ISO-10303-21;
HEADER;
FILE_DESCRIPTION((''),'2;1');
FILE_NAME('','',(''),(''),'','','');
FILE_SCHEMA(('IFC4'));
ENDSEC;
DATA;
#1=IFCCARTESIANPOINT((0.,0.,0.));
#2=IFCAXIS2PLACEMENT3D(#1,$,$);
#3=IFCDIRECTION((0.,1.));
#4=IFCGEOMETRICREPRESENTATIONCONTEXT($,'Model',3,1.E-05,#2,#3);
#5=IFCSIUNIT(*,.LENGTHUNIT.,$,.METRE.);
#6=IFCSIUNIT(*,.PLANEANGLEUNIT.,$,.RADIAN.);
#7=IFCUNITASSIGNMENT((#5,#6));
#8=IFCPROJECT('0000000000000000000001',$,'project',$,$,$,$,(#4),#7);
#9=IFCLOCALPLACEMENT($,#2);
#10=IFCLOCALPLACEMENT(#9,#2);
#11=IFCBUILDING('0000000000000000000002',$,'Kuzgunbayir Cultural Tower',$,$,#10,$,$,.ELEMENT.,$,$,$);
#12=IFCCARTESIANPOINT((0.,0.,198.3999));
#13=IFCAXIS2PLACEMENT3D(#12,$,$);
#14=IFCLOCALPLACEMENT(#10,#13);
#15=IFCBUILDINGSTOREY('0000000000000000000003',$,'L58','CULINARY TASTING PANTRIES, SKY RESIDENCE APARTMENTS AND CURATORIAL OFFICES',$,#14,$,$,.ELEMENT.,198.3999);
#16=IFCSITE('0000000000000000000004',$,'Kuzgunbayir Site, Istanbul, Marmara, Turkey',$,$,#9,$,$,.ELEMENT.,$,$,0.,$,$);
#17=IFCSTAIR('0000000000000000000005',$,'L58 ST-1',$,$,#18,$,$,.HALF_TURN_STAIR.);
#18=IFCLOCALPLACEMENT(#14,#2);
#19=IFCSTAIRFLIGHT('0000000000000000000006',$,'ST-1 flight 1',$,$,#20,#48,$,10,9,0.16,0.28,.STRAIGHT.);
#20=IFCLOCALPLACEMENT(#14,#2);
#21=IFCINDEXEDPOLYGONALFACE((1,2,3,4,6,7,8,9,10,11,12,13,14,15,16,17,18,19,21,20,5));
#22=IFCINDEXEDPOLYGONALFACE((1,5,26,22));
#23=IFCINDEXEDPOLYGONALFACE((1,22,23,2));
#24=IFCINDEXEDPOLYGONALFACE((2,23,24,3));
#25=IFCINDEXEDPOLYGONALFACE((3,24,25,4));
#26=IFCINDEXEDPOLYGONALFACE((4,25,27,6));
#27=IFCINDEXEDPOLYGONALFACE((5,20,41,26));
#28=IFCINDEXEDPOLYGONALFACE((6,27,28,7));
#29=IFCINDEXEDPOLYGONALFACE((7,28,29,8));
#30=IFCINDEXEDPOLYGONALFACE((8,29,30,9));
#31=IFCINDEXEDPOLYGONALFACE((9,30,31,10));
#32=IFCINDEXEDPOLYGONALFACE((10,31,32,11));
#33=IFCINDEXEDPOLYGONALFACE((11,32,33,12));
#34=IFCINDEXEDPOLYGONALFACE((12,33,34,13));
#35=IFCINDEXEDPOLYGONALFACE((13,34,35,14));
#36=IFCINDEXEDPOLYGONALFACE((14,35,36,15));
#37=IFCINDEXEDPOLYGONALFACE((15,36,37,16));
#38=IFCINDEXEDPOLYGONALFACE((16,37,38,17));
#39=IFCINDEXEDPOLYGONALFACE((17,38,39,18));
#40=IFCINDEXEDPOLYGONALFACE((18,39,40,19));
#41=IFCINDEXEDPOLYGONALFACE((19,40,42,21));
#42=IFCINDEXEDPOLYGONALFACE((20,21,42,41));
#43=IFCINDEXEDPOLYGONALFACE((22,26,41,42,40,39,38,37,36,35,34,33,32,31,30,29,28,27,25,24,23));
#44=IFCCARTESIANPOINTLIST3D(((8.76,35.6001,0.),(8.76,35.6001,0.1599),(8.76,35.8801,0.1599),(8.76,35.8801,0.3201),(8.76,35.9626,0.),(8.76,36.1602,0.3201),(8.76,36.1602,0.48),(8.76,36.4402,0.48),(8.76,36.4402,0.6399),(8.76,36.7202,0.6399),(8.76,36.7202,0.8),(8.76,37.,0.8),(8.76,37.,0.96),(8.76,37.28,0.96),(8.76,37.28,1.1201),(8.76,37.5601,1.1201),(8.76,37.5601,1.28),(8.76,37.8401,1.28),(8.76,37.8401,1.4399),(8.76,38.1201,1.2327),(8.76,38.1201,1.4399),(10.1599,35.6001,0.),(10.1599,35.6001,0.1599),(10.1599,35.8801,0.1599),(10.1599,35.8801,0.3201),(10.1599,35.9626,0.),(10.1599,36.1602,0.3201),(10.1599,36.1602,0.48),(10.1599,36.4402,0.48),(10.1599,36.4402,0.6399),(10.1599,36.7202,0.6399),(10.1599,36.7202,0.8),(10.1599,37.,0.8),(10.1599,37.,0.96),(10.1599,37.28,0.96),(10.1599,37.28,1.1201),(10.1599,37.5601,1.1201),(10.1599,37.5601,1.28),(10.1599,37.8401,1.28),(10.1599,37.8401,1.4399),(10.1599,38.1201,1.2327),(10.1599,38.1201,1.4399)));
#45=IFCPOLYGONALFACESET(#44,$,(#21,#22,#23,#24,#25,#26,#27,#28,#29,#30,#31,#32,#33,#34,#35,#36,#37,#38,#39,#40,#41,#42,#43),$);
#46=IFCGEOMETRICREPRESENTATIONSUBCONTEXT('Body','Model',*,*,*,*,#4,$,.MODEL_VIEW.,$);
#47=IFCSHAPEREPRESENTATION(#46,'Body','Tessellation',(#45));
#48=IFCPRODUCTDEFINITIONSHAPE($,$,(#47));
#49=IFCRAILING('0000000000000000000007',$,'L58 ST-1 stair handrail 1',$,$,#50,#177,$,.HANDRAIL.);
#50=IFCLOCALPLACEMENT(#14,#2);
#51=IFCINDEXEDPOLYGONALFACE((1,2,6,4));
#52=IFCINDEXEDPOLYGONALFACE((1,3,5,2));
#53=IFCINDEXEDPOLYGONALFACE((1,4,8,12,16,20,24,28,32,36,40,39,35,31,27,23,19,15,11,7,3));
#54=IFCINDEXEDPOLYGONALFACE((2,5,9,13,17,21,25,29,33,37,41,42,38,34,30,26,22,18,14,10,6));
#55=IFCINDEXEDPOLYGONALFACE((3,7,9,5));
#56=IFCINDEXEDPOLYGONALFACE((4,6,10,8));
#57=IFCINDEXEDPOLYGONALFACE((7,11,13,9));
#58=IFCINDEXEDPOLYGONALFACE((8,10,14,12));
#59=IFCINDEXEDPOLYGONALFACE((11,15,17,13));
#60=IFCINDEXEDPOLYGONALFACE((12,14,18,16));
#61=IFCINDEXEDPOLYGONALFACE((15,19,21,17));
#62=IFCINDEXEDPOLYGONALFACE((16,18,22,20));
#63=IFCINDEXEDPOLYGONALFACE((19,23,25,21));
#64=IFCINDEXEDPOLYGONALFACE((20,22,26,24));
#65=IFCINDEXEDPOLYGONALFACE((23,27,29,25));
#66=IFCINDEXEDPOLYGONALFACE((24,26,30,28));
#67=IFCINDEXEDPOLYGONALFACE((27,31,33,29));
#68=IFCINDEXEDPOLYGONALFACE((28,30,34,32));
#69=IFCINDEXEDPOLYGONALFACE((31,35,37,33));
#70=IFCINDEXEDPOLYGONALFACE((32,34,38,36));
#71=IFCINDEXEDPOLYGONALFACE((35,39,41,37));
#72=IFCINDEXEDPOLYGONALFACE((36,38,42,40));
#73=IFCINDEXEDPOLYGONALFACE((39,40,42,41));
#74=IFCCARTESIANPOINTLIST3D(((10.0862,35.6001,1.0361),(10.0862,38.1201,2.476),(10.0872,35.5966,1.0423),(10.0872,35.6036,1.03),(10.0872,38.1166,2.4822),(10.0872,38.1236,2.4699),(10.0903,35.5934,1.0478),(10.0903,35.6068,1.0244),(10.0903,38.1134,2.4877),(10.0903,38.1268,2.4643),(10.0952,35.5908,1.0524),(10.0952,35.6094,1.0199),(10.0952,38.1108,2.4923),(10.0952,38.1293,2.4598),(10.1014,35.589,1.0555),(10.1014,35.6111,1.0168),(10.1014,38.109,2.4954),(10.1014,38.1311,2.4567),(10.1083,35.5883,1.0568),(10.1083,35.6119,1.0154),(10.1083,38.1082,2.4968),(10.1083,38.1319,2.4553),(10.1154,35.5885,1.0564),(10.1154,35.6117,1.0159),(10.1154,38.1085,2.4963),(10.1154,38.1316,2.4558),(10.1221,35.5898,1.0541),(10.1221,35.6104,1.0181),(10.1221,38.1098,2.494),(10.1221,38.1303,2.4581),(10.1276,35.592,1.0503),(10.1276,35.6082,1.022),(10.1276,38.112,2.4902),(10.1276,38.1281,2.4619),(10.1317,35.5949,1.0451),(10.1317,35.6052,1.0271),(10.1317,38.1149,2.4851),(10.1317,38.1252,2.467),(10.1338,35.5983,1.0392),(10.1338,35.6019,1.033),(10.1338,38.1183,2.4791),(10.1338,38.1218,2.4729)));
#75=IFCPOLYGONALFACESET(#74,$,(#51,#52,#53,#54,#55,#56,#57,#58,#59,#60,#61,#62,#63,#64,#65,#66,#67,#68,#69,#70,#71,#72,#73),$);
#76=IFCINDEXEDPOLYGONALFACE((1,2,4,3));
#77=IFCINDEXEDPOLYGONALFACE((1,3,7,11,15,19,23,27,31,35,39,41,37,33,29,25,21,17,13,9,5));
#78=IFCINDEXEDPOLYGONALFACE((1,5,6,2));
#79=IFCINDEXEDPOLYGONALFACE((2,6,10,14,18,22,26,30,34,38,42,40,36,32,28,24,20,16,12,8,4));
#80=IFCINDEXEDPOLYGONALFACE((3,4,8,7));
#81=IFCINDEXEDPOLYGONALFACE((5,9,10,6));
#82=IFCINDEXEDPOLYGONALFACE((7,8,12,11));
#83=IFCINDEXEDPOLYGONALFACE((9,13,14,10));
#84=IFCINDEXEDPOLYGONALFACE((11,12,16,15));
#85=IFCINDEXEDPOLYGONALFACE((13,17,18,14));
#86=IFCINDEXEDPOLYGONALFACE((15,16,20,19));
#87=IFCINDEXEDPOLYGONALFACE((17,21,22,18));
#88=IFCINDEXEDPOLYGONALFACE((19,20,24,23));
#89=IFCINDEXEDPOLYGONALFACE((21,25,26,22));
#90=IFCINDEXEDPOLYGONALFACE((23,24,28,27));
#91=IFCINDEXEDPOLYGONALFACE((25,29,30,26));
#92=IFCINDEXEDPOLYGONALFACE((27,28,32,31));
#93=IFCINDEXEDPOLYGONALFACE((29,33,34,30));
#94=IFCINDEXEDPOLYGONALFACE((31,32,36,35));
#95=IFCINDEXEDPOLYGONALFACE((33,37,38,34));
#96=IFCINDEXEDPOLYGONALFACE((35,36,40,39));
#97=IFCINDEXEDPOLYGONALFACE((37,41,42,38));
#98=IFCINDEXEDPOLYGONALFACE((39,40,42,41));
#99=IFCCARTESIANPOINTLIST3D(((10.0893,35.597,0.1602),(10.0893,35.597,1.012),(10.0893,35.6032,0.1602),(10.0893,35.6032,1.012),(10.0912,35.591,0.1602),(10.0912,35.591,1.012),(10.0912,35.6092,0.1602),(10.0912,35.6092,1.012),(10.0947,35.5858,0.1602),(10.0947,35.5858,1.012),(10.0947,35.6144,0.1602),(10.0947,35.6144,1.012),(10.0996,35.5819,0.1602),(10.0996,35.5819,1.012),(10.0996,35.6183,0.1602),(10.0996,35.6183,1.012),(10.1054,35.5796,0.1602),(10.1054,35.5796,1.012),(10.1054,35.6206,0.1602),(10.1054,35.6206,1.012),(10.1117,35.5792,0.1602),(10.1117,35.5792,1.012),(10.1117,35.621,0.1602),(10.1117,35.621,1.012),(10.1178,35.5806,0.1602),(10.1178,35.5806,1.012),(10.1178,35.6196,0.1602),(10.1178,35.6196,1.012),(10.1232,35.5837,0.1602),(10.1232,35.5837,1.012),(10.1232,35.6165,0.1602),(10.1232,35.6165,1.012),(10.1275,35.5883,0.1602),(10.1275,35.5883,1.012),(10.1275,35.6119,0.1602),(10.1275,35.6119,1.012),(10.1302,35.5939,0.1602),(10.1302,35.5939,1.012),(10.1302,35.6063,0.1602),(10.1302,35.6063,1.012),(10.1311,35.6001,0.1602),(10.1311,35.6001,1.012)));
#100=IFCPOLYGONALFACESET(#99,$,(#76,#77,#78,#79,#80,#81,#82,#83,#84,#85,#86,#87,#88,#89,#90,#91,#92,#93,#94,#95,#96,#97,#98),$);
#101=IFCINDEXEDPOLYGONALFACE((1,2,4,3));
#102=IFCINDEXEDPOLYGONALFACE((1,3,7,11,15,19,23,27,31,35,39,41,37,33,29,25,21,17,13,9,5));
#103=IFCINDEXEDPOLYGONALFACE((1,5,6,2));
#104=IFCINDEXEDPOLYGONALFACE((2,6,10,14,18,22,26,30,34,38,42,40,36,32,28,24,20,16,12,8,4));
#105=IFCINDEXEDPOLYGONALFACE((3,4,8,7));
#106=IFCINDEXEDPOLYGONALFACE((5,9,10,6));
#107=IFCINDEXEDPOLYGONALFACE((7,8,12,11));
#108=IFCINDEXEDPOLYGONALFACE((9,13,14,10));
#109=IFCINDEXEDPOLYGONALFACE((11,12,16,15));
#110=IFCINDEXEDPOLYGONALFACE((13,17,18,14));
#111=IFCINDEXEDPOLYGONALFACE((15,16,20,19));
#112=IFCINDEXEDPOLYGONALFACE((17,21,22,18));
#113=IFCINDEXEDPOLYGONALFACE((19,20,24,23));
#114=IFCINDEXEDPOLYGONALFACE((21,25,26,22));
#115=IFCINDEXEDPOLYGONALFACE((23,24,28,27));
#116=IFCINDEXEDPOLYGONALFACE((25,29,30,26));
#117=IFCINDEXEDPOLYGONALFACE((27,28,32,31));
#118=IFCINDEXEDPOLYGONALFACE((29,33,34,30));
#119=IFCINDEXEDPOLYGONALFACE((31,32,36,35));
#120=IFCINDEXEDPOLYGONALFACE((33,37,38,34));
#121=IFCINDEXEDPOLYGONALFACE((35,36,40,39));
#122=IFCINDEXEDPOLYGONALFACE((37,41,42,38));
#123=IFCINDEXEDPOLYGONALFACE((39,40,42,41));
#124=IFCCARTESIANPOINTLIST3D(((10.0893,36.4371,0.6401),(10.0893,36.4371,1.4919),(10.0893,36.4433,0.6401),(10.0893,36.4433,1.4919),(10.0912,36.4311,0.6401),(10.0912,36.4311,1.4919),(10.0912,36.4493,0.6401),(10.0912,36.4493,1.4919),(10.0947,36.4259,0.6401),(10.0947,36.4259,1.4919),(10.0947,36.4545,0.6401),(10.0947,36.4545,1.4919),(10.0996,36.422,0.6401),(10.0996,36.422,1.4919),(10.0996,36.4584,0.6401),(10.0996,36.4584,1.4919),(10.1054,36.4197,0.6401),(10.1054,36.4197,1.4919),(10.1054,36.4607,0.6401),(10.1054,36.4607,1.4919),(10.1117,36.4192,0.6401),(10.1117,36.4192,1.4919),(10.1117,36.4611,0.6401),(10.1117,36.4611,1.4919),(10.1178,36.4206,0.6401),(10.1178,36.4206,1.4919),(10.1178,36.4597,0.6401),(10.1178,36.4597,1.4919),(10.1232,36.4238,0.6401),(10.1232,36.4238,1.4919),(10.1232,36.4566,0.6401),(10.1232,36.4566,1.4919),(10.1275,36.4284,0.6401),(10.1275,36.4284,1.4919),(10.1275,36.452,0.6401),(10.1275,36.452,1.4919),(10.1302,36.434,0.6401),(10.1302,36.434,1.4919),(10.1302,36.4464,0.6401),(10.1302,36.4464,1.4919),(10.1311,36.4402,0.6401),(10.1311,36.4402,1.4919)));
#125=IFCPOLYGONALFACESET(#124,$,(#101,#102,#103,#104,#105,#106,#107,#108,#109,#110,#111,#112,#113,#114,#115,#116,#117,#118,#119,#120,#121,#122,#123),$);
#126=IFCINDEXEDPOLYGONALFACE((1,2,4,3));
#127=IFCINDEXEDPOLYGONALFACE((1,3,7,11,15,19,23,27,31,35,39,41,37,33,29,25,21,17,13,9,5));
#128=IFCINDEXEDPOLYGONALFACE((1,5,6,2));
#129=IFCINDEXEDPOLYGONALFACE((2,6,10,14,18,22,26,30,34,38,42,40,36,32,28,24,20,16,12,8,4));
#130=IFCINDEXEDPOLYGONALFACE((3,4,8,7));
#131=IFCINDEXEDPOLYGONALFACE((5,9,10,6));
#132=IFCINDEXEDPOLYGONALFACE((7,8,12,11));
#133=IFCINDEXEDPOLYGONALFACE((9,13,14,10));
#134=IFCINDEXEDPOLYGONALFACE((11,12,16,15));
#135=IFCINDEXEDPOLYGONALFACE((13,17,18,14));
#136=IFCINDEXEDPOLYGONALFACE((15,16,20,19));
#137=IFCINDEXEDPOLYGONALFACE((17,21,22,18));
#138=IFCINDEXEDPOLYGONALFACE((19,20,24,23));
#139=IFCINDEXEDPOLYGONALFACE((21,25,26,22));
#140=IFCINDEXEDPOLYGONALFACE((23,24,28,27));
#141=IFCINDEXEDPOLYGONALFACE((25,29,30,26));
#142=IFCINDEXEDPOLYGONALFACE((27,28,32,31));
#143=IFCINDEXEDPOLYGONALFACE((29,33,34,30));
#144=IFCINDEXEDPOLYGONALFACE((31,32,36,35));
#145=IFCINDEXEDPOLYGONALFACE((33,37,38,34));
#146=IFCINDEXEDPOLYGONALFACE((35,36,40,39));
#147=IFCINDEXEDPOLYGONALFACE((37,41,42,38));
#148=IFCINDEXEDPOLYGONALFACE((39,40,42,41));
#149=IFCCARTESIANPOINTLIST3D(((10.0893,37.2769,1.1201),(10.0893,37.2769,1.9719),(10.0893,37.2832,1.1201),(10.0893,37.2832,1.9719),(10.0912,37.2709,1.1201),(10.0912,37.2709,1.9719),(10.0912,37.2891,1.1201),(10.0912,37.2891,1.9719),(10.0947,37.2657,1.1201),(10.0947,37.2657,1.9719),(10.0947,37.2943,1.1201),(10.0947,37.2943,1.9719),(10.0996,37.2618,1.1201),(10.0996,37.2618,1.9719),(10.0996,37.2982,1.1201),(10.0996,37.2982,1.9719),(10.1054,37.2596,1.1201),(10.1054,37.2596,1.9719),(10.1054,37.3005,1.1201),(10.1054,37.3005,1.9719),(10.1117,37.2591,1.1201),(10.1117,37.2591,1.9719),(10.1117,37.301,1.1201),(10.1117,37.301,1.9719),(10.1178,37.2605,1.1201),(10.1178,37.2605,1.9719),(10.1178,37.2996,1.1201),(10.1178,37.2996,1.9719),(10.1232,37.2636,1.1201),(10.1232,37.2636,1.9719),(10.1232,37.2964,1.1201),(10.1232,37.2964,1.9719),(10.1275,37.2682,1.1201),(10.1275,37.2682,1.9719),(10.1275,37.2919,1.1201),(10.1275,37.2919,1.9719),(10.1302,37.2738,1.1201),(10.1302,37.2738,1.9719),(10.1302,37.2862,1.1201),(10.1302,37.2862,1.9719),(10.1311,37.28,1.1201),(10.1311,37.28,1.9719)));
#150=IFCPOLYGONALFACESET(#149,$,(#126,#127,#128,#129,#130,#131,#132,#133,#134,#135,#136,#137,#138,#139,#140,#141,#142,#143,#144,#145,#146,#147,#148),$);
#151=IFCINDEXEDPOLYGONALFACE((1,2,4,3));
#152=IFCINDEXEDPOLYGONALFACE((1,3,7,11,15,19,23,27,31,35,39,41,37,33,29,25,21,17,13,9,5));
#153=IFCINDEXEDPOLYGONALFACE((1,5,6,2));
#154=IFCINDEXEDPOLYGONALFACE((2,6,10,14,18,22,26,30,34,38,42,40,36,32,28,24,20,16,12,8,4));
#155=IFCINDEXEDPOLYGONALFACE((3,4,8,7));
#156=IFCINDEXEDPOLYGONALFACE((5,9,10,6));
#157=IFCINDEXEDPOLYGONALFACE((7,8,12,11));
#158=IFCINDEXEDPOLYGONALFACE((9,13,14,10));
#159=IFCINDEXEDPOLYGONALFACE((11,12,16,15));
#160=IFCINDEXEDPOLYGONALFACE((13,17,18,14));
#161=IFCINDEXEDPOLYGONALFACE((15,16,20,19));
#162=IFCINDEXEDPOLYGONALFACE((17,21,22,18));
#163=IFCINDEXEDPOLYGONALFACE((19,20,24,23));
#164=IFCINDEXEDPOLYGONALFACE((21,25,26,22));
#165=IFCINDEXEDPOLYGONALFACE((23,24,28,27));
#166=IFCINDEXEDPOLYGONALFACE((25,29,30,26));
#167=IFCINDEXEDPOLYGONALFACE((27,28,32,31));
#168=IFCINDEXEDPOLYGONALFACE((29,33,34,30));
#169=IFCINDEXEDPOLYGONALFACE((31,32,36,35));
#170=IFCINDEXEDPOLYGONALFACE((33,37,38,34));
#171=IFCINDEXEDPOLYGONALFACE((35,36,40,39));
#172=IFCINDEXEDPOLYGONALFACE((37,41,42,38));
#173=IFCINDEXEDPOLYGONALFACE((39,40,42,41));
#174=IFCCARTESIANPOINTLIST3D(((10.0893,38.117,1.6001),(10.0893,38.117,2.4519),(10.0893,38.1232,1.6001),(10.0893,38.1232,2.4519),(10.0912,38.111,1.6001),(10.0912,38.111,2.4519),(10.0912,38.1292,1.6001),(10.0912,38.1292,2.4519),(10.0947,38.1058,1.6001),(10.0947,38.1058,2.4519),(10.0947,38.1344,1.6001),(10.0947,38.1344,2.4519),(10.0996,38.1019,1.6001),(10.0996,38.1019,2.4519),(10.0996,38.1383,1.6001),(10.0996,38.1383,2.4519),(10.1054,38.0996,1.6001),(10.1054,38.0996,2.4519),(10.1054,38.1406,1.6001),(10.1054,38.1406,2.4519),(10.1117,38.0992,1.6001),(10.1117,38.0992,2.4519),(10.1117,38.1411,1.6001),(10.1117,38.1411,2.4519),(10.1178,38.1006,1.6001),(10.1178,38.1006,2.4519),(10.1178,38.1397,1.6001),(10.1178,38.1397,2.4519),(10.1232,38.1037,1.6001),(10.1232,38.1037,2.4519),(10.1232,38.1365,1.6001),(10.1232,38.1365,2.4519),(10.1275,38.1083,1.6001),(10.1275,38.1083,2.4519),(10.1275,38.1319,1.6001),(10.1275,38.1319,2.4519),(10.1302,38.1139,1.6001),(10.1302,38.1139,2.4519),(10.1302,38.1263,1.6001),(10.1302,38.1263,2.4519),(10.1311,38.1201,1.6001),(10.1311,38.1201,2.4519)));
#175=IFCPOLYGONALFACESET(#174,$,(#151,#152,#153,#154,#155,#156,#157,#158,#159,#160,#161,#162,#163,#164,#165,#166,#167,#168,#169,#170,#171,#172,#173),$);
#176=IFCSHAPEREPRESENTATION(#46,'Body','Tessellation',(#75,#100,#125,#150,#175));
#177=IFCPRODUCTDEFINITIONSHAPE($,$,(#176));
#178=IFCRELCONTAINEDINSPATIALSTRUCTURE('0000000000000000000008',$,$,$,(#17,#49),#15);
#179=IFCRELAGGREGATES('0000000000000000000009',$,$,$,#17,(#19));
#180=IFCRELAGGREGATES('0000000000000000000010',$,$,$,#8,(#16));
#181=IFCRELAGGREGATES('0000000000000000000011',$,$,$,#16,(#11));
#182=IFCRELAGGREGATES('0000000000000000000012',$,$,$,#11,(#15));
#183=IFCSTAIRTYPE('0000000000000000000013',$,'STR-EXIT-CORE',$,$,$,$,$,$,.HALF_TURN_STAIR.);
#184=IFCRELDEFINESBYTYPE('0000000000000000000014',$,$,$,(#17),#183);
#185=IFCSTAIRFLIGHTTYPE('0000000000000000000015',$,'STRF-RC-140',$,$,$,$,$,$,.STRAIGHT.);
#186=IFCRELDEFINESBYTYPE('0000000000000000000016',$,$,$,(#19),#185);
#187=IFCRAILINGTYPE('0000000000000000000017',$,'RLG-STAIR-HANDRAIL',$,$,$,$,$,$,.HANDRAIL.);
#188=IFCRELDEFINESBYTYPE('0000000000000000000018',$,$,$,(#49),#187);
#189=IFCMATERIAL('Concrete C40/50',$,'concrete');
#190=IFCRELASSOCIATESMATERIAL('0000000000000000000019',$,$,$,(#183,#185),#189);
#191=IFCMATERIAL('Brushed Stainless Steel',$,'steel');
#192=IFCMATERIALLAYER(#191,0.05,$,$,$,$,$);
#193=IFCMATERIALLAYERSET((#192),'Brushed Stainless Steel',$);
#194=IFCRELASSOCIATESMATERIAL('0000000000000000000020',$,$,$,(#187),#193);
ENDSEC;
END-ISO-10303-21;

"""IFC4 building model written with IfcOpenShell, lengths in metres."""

from ifc_helpers import new_model, si_unit, direction, frame, origin, origin_2d, place, context, subcontext, project, spatial, polyline, circle, outline, extrude, material, layer, layer_set, type_object, element, aggregate, save


model = new_model("IFC4")

# Units and contexts
model_context = context("Model", 3, precision=1e-05, world=origin(), true_north=direction((0.0, 1.0)))
body_context = subcontext(model_context, "Body", "Model", "MODEL_VIEW")
ifc_project = project(units=[si_unit("LENGTHUNIT", "METRE"), si_unit("PLANEANGLEUNIT", "RADIAN")], contexts=[model_context])

# Site, building, storey
site_placement = place(None, origin())
site = spatial("IfcSite", under=ifc_project, at=site_placement, Name="Kuzgunbayir Site, Istanbul, Marmara, Turkey", CompositionType="ELEMENT", RefElevation=0.0)
building_placement = place(site_placement, origin())
building = spatial("IfcBuilding", under=site, at=building_placement, Name="Kuzgunbayir Cultural Tower", CompositionType="ELEMENT")
storey_placement = place(building_placement, frame((0.0, 0.0, 198.3999)))
storey = spatial("IfcBuildingStorey", under=building, at=storey_placement, Name="L58", Description="CULINARY TASTING PANTRIES, SKY RESIDENCE APARTMENTS AND CURATORIAL OFFICES", CompositionType="ELEMENT", Elevation=198.3999)

# Shared definitions
ifc_material_1 = material(Name="Concrete C40/50", Category="concrete")

# Shared definitions
ifc_material_2 = material(Name="Brushed Stainless Steel", Category="steel")

# Stair, stair flight
stair_type = type_object("IfcStairType", Name="STR-EXIT-CORE", PredefinedType="HALF_TURN_STAIR", material=ifc_material_1)
stair_placement = place(storey_placement, origin())
stair = element("IfcStair", 1, at=stair_placement, inside=storey, type_object=stair_type, Name="L58 ST-1", PredefinedType="HALF_TURN_STAIR")
stair_flight_type = type_object("IfcStairFlightType", Name="STRF-RC-140", PredefinedType="STRAIGHT", material=ifc_material_1)
stair_flight_placement = place(storey_placement, frame((9.46, 35.6001, 0.0), z_axis=(0.0, 0.0, 1.0), x_axis=(0.0, 1.0, 0.0)))
stair_flight = element("IfcStairFlight", 2, at=stair_flight_placement, type_object=stair_flight_type, Name="ST-1 flight 1", NumberOfRisers=10, NumberOfTreads=9, PredefinedType="STRAIGHT", RiserHeight=0.16, TreadLength=0.28, context=body_context, shape_type="SweptSolid", body=[
    extrude(outline(polyline([(0.0, 0.0), (0.0, 0.1599), (0.28, 0.1599), (0.28, 0.3201), (0.5601, 0.3201), (0.5601, 0.48), (0.8401, 0.48), (0.8401, 0.6399), (1.1201, 0.6399), (1.1201, 0.8), (1.3999, 0.8), (1.3999, 0.96), (1.6799, 0.96), (1.6799, 1.1201), (1.96, 1.1201), (1.96, 1.28), (2.24, 1.28), (2.24, 1.4399), (2.52, 1.4399), (2.52, 1.6001), (2.52, 1.2327), (0.3625, 0.0), (0.0, 0.0)])), frame((0.0, 0.7, 0.0), z_axis=(0.0, -1.0, 0.0), x_axis=(1.0, 0.0, 0.0)), (0.0, 0.0, 1.0), 1.3999),
])
aggregate(stair, [stair_flight])

# Railing
ifc_layer_1 = layer(ifc_material_2, 0.05)
ifc_layer_set_1 = layer_set([ifc_layer_1], Name="Brushed Stainless Steel")
railing_type = type_object("IfcRailingType", Name="RLG-STAIR-HANDRAIL", PredefinedType="HANDRAIL", material=ifc_layer_set_1)
railing_placement = place(storey_placement, frame((10.1101, 35.6001, 0.1602)))
element("IfcRailing", 3, at=railing_placement, inside=storey, type_object=railing_type, Name="L58 ST-1 stair handrail 1", PredefinedType="HANDRAIL", context=body_context, shape_type="SweptSolid", body=[
    extrude(circle(Radius=0.0239, at=origin_2d()), frame((0.0, 0.0, 0.876), z_axis=(0.0, 0.868253, 0.496121), x_axis=(-1.0, 0.0, 0.0)), (0.0, 0.0, 1.0), 2.9023),
    extrude(circle(Radius=0.021, at=origin_2d()), origin(), (0.0, 0.0, 1.0), 0.8518),
    extrude(circle(Radius=0.021, at=origin_2d()), frame((0.0, 0.8401, 0.48)), (0.0, 0.0, 1.0), 0.8518),
    extrude(circle(Radius=0.021, at=origin_2d()), frame((0.0, 1.6799, 0.96)), (0.0, 0.0, 1.0), 0.8518),
    extrude(circle(Radius=0.021, at=origin_2d()), frame((0.0, 2.52, 1.4399)), (0.0, 0.0, 1.0), 0.8518),
])

save(model, "model.ifc")
